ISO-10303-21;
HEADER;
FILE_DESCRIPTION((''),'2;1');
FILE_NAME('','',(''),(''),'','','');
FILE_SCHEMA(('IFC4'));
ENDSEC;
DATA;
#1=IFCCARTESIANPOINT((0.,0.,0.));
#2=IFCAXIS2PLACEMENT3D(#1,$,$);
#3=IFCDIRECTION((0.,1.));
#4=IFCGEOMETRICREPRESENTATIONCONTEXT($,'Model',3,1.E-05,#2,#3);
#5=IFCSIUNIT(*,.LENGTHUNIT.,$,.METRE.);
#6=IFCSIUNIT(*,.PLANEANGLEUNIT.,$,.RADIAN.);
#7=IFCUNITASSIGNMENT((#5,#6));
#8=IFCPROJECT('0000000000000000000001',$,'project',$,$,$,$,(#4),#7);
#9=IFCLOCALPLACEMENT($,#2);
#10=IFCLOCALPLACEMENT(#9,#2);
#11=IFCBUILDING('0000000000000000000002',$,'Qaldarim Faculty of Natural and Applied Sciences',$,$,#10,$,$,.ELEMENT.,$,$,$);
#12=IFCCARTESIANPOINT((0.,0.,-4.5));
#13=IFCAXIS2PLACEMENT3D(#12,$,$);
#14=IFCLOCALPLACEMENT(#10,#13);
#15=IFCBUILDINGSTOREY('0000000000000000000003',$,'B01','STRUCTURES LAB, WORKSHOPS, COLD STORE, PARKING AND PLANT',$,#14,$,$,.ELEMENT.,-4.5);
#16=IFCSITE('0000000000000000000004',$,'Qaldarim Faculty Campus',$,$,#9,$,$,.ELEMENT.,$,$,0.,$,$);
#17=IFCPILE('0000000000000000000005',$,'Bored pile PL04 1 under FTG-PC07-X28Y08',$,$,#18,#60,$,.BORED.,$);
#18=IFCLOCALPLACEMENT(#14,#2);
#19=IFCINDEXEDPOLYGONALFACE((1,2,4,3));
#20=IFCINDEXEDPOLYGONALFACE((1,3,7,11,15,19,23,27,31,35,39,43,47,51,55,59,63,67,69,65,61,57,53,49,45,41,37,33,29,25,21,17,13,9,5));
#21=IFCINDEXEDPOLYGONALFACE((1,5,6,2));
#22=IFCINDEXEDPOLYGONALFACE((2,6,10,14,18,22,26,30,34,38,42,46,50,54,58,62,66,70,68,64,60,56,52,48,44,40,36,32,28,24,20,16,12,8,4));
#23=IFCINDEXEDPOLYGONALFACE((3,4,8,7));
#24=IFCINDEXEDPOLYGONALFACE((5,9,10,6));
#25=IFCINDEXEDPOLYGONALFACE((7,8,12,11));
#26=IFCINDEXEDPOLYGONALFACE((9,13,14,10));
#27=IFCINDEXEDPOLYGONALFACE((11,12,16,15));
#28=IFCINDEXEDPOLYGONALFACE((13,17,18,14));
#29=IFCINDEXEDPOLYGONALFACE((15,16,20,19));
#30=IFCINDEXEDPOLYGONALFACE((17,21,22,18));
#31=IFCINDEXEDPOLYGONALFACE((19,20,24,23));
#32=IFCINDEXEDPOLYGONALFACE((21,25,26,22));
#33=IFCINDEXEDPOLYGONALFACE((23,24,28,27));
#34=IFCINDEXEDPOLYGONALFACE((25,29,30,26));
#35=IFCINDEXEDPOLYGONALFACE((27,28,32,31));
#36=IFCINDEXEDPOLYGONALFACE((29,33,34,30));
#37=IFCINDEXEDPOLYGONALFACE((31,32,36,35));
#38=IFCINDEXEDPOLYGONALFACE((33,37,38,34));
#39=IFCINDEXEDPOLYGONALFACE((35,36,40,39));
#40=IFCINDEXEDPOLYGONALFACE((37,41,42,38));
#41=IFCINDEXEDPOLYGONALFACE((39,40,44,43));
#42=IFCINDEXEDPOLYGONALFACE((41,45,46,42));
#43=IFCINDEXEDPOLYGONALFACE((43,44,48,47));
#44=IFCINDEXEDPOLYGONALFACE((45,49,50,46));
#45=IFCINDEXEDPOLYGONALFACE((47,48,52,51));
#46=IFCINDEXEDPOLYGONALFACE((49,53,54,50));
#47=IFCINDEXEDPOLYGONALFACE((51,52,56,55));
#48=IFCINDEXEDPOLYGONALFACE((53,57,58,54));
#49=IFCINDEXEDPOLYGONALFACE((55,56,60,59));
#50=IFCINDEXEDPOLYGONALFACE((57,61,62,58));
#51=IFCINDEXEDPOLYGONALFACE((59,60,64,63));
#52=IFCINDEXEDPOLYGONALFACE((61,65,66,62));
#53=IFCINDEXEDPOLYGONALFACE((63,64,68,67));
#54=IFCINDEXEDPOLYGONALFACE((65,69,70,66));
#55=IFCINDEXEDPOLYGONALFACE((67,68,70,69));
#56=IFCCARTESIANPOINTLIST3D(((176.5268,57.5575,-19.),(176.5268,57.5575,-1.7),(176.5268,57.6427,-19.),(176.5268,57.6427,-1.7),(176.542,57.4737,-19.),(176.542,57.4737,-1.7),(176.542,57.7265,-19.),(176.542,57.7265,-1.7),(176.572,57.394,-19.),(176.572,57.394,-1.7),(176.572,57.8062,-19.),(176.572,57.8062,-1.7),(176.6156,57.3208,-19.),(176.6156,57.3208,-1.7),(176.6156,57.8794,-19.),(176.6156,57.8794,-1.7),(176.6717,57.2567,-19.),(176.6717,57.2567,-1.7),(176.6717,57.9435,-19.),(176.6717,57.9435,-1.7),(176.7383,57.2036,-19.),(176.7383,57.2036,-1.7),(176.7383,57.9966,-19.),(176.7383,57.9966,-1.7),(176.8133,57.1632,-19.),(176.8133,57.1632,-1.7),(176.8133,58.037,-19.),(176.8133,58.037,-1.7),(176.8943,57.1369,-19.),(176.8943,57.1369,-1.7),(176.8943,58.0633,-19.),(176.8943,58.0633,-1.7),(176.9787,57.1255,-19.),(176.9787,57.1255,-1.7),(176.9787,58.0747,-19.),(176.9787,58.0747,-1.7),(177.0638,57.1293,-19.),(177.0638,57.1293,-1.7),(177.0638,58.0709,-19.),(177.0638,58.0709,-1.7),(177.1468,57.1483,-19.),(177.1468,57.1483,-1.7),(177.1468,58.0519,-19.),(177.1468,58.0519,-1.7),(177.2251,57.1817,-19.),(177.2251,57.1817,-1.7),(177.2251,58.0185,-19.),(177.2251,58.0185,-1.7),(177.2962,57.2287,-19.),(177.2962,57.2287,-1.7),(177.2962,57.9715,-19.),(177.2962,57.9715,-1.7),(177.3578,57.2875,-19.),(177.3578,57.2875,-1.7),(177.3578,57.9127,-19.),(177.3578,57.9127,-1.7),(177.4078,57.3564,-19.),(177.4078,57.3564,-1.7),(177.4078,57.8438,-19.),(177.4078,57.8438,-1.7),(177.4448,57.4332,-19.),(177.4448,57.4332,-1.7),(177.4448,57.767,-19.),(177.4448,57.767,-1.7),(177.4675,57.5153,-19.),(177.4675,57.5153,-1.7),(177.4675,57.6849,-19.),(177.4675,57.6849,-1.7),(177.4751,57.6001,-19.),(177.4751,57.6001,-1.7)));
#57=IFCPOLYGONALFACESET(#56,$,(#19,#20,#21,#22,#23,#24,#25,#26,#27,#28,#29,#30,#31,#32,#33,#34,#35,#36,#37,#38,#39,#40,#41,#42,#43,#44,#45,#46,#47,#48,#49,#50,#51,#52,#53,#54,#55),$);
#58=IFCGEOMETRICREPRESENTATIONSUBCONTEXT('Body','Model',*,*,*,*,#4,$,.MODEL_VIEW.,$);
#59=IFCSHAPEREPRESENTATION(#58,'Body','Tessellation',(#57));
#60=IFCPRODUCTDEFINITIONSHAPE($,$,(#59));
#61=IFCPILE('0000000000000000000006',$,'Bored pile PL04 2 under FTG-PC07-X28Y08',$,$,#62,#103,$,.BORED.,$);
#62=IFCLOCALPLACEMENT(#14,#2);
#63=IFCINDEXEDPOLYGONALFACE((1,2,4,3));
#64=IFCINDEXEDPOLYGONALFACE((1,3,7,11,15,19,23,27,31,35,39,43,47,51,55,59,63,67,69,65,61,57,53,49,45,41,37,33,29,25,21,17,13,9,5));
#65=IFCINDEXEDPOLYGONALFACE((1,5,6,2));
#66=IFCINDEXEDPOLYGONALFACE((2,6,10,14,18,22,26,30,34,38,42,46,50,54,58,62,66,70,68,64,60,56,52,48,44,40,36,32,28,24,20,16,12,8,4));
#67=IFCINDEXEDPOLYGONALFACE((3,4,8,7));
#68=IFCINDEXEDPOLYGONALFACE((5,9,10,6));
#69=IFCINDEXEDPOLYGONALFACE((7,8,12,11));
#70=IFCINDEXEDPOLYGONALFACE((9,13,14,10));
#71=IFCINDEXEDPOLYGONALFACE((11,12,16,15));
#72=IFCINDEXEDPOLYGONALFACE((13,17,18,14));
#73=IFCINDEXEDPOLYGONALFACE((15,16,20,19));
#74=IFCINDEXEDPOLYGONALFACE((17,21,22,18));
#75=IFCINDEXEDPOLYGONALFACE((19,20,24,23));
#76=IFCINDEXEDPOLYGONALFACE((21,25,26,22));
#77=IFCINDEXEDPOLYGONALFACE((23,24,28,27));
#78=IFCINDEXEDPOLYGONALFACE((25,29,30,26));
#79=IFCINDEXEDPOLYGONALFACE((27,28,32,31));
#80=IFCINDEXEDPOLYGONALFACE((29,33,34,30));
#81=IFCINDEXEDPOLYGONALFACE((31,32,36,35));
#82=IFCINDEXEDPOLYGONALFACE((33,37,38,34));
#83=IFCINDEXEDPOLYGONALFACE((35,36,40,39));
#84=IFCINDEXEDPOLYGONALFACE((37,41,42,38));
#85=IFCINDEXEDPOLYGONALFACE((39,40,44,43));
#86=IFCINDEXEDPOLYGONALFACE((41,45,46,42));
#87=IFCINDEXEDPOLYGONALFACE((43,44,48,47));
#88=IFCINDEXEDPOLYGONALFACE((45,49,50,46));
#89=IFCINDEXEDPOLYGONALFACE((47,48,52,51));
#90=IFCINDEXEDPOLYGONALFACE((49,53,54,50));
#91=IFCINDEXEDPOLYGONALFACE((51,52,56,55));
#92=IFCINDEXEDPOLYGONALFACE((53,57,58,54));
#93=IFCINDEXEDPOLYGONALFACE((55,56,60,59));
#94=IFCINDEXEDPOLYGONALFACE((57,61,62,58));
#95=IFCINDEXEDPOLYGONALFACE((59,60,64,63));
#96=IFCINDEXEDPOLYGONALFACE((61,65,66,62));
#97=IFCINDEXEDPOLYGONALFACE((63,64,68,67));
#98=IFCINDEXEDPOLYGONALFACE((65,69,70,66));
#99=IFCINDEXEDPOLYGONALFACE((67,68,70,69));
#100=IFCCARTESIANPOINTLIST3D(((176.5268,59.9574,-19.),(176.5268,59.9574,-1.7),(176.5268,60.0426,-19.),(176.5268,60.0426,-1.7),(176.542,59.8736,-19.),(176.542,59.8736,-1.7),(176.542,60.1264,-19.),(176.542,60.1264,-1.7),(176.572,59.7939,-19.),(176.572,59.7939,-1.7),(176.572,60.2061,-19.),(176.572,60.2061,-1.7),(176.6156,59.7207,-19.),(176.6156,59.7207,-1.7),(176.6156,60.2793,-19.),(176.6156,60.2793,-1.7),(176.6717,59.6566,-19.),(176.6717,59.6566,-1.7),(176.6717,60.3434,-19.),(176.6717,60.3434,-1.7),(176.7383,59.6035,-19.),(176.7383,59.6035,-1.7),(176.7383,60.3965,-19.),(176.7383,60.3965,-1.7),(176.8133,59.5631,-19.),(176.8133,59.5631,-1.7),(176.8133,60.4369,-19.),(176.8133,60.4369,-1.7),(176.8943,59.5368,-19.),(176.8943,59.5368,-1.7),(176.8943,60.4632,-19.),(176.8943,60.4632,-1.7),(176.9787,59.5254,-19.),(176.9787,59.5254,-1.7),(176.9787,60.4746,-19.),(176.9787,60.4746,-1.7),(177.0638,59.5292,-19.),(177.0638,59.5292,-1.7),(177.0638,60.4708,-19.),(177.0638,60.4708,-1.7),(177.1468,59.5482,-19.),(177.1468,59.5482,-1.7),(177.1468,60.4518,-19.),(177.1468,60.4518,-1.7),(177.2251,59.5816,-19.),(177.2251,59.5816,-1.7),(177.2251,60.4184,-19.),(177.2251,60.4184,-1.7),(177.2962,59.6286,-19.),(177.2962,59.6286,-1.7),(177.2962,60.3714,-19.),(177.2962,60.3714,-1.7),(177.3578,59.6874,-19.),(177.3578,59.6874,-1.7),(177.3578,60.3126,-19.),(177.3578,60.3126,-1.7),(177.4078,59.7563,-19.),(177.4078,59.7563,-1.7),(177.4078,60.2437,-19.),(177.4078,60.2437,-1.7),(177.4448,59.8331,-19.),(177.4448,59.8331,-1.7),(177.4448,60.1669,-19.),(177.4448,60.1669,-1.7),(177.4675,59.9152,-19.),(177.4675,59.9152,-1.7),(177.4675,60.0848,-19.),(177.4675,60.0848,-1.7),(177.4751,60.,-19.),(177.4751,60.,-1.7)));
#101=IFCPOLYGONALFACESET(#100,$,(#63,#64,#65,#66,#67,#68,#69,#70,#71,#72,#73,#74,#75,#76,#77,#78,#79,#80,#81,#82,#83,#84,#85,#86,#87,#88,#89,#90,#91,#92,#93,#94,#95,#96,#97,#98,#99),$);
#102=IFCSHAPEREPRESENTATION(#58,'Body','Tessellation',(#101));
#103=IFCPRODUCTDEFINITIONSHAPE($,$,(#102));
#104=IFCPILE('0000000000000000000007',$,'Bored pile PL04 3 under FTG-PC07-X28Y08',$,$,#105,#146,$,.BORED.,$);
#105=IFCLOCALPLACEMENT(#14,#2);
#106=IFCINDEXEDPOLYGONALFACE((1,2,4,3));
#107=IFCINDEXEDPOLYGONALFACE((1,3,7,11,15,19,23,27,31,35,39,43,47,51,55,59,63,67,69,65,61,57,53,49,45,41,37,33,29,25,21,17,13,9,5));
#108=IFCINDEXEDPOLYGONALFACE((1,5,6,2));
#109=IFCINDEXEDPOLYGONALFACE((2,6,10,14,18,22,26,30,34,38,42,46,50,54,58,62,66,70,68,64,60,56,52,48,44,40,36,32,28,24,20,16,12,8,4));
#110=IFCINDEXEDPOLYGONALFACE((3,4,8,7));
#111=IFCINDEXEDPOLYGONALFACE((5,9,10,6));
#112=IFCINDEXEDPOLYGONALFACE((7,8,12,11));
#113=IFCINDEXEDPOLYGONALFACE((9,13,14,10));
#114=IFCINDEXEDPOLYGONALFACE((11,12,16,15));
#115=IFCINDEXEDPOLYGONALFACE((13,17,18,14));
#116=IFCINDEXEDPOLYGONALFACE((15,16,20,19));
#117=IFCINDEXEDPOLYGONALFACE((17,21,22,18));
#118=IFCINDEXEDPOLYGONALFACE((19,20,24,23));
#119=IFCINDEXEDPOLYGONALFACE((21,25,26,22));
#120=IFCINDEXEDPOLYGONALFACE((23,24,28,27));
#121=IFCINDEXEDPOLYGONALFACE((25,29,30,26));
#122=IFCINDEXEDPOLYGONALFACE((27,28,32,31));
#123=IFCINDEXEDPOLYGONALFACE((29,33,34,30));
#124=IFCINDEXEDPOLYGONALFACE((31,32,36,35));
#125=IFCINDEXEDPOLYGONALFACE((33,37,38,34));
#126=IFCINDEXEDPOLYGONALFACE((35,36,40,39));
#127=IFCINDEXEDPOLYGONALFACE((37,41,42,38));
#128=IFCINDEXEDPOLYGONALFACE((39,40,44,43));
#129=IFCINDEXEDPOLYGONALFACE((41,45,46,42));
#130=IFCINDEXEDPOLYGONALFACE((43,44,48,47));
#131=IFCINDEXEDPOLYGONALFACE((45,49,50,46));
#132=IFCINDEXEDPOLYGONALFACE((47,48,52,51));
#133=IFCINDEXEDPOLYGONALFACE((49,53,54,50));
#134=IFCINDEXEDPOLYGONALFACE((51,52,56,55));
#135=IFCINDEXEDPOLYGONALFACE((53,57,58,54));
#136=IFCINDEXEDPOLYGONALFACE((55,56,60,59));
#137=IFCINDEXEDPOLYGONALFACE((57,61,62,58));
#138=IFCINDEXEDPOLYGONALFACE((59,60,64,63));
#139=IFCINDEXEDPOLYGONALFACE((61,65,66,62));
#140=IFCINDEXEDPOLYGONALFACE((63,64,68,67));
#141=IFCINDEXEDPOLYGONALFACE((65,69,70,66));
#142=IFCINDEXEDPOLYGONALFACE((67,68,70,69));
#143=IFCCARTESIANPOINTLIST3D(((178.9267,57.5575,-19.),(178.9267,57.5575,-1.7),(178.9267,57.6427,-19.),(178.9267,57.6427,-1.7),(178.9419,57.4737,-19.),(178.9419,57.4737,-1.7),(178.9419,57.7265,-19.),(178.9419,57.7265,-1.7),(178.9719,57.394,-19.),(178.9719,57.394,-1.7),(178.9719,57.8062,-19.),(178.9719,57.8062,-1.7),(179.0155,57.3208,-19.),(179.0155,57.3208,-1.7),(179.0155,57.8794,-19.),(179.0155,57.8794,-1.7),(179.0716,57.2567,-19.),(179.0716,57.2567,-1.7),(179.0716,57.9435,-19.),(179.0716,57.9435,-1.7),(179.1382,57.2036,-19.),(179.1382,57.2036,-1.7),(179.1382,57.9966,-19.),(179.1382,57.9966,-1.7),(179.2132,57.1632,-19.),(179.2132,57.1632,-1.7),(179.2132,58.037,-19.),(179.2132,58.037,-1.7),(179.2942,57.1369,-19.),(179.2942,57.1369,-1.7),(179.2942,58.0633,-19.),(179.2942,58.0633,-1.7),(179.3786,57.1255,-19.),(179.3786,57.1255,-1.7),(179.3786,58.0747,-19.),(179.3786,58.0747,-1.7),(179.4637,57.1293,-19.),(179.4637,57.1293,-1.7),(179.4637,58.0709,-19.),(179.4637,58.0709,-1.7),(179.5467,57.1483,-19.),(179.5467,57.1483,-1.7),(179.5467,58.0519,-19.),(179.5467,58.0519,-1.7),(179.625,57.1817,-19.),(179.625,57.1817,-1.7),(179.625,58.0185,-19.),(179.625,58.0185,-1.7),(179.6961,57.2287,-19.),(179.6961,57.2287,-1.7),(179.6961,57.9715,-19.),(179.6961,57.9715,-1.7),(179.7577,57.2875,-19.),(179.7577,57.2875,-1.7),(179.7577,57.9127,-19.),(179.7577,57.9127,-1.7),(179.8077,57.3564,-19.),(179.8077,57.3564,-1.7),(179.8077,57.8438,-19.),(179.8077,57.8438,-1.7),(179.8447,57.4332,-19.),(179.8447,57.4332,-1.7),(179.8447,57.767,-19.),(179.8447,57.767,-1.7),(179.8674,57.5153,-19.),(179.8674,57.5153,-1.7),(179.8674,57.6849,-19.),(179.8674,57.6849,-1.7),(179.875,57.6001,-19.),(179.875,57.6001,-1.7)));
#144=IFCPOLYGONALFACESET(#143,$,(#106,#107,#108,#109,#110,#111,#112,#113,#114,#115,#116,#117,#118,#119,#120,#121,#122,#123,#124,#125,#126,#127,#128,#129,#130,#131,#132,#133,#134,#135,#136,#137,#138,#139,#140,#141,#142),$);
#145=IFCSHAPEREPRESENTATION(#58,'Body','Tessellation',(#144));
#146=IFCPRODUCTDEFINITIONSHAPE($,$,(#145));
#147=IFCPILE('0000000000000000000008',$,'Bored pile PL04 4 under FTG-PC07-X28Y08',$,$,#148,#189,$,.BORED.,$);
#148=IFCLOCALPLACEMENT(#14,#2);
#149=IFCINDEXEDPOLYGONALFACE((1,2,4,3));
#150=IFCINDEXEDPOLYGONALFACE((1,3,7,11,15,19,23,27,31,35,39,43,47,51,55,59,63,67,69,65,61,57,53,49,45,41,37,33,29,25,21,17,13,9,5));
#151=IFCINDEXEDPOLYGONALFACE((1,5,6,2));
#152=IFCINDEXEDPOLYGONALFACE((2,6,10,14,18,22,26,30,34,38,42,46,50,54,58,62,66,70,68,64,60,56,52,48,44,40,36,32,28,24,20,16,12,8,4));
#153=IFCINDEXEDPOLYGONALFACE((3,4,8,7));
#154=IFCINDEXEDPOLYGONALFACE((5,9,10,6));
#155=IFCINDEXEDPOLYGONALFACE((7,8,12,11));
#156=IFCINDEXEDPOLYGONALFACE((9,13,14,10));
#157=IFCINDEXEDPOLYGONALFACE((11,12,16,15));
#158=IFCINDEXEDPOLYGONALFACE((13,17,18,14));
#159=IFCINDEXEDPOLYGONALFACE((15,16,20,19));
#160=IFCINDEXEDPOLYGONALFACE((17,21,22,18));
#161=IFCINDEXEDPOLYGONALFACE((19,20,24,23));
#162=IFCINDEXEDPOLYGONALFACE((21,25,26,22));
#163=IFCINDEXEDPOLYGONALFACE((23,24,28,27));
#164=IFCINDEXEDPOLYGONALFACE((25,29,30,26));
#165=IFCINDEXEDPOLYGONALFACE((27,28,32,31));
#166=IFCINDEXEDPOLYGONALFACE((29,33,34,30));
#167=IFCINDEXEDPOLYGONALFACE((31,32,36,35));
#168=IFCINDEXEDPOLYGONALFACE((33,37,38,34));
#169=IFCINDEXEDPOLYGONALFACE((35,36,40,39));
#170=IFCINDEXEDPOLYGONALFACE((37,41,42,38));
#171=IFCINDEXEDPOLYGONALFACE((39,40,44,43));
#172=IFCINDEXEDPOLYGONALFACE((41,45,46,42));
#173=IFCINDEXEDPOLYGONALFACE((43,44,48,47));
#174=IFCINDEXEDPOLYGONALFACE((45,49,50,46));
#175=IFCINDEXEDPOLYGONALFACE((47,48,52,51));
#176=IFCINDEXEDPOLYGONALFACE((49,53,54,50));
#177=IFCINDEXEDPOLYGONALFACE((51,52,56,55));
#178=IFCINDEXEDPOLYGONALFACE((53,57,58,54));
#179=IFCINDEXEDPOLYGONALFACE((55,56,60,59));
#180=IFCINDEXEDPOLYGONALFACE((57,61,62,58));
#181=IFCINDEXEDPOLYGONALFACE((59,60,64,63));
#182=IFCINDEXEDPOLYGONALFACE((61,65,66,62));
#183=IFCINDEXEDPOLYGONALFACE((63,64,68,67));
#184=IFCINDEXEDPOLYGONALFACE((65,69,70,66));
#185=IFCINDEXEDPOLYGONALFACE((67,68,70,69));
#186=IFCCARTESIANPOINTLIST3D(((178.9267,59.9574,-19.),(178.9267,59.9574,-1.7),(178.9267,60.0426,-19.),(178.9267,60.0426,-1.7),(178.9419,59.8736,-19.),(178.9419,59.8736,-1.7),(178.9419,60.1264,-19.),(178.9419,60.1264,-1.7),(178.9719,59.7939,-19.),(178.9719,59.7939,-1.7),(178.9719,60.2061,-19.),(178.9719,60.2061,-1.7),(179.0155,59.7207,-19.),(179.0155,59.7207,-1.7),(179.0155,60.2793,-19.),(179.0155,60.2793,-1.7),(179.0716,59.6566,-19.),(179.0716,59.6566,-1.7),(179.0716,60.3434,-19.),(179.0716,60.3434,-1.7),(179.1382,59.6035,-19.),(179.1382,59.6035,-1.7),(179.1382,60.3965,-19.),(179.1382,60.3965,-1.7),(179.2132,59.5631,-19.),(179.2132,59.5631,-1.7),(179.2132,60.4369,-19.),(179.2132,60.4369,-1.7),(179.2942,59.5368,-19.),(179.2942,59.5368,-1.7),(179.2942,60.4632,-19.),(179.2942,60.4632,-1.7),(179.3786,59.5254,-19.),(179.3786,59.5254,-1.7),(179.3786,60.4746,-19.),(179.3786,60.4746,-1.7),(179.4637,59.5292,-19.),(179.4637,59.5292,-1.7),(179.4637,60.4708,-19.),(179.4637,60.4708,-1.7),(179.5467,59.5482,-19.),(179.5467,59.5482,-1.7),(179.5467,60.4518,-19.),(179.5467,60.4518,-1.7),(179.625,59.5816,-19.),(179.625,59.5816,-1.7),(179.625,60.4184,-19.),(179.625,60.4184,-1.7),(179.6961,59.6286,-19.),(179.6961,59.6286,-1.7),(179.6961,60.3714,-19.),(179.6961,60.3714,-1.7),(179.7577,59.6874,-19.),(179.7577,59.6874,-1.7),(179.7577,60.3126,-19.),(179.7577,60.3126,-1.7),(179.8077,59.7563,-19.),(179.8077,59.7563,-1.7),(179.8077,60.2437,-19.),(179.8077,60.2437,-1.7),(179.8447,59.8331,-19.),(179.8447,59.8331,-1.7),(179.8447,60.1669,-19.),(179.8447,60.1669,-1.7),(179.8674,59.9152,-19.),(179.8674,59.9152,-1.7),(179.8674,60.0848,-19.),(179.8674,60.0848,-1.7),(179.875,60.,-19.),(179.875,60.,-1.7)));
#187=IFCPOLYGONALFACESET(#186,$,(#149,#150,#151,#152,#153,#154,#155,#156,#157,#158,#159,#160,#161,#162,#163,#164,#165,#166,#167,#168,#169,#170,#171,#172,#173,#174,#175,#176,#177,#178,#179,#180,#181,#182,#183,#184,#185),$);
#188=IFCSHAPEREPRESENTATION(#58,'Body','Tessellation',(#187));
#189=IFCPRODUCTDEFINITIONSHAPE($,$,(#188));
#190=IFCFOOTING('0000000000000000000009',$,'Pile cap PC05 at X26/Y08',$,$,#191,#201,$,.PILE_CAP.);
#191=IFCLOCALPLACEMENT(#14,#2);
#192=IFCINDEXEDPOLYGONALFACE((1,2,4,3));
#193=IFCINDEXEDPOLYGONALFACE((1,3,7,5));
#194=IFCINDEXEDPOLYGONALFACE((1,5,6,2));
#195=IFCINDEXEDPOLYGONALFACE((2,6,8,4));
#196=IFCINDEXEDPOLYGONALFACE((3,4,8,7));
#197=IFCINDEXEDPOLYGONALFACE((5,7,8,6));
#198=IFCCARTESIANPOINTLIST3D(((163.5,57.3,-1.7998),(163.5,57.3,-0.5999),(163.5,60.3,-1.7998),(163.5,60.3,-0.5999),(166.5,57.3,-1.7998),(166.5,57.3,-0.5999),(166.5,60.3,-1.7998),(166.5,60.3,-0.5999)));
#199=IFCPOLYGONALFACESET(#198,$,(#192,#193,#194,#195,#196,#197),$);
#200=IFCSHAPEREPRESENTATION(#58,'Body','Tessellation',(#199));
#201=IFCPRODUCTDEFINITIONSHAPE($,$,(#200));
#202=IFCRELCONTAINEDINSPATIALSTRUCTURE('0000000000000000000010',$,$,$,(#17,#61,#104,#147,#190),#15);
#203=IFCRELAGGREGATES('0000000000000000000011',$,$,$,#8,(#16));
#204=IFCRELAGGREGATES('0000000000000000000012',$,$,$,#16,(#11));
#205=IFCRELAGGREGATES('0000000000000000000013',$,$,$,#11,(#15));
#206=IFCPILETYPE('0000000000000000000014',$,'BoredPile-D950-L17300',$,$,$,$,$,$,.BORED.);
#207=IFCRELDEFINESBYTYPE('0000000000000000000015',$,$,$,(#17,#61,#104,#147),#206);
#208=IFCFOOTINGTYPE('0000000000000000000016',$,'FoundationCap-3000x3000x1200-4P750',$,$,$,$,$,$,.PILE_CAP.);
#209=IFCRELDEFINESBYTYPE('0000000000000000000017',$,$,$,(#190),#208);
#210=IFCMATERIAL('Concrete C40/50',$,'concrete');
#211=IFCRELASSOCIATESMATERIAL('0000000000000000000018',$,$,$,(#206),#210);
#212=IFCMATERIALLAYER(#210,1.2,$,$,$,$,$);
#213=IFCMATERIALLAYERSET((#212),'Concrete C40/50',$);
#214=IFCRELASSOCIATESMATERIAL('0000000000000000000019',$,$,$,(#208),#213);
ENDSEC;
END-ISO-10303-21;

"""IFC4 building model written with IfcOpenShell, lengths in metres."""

from ifc_helpers import new_model, si_unit, direction, frame, origin, origin_2d, place, context, subcontext, project, spatial, rectangle, circle, extrude, material, layer, layer_set, material_profile, profile_set, type_object, element, save


model = new_model("IFC4")

# Units and contexts
model_context = context("Model", 3, precision=1e-05, world=origin(), true_north=direction((0.0, 1.0)))
body_context = subcontext(model_context, "Body", "Model", "MODEL_VIEW")
ifc_project = project(units=[si_unit("LENGTHUNIT", "METRE"), si_unit("PLANEANGLEUNIT", "RADIAN")], contexts=[model_context])

# Site, building, storey
site_placement = place(None, origin())
site = spatial("IfcSite", under=ifc_project, at=site_placement, Name="Qaldarim Faculty Campus", CompositionType="ELEMENT", RefElevation=0.0)
building_placement = place(site_placement, origin())
building = spatial("IfcBuilding", under=site, at=building_placement, Name="Qaldarim Faculty of Natural and Applied Sciences", CompositionType="ELEMENT")
storey_placement = place(building_placement, frame((0.0, 0.0, -4.5)))
storey = spatial("IfcBuildingStorey", under=building, at=storey_placement, Name="B01", Description="STRUCTURES LAB, WORKSHOPS, COLD STORE, PARKING AND PLANT", CompositionType="ELEMENT", Elevation=-4.5)

# Piles
ifc_material_1 = material(Name="Concrete C40/50", Category="concrete")
ifc_material_profile_1 = material_profile(ifc_material_1, circle(Radius=0.4751, at=origin_2d()), Name="PILE-D950")
ifc_profile_set_1 = profile_set([ifc_material_profile_1], Name="Concrete C40/50")
pile_type_1 = type_object("IfcPileType", Name="BoredPile-D950-L17300", PredefinedType="BORED", material=ifc_profile_set_1)
for number, where, z_axis, x_axis, name in (
    (1, (177.0, 57.6001, -1.7), (0.0, 0.0, -1.0), (1.0, 0.0, 0.0), "Bored pile PL04 1 under FTG-PC07-X28Y08"),
    (2, (177.0, 60.0, -1.7), (0.0, 0.0, -1.0), (1.0, 0.0, 0.0), "Bored pile PL04 2 under FTG-PC07-X28Y08"),
    (3, (179.3999, 57.6001, -1.7), (0.0, 0.0, -1.0), (1.0, 0.0, 0.0), "Bored pile PL04 3 under FTG-PC07-X28Y08"),
    (4, (179.3999, 60.0, -1.7), (0.0, 0.0, -1.0), (1.0, 0.0, 0.0), "Bored pile PL04 4 under FTG-PC07-X28Y08"),
):
    element("IfcPile", number, at=place(storey_placement, frame(where, z_axis=z_axis, x_axis=x_axis)), inside=storey, type_object=pile_type_1, Name=name, PredefinedType="BORED", context=body_context, shape_type="SweptSolid", body=[
        extrude(circle(Radius=0.4751, at=origin_2d()), origin(), (0.0, 0.0, 1.0), 17.3),
    ])

# Footing
ifc_layer_1 = layer(ifc_material_1, 1.2)
ifc_layer_set_1 = layer_set([ifc_layer_1], Name="Concrete C40/50")
footing_type_1 = type_object("IfcFootingType", Name="FoundationCap-3000x3000x1200-4P750", PredefinedType="PILE_CAP", material=ifc_layer_set_1)
footing_1_placement = place(storey_placement, frame((165.0, 58.8, -1.7998), z_axis=(0.0, 0.0, 1.0), x_axis=(1.0, 0.0, 0.0)))
element("IfcFooting", 5, at=footing_1_placement, inside=storey, type_object=footing_type_1, Name="Pile cap PC05 at X26/Y08", PredefinedType="PILE_CAP", context=body_context, shape_type="SweptSolid", body=[
    extrude(rectangle(XDim=3.0, YDim=3.0, at=origin_2d()), origin(), (0.0, 0.0, 1.0), 1.2),
])

save(model, "model.ifc")
